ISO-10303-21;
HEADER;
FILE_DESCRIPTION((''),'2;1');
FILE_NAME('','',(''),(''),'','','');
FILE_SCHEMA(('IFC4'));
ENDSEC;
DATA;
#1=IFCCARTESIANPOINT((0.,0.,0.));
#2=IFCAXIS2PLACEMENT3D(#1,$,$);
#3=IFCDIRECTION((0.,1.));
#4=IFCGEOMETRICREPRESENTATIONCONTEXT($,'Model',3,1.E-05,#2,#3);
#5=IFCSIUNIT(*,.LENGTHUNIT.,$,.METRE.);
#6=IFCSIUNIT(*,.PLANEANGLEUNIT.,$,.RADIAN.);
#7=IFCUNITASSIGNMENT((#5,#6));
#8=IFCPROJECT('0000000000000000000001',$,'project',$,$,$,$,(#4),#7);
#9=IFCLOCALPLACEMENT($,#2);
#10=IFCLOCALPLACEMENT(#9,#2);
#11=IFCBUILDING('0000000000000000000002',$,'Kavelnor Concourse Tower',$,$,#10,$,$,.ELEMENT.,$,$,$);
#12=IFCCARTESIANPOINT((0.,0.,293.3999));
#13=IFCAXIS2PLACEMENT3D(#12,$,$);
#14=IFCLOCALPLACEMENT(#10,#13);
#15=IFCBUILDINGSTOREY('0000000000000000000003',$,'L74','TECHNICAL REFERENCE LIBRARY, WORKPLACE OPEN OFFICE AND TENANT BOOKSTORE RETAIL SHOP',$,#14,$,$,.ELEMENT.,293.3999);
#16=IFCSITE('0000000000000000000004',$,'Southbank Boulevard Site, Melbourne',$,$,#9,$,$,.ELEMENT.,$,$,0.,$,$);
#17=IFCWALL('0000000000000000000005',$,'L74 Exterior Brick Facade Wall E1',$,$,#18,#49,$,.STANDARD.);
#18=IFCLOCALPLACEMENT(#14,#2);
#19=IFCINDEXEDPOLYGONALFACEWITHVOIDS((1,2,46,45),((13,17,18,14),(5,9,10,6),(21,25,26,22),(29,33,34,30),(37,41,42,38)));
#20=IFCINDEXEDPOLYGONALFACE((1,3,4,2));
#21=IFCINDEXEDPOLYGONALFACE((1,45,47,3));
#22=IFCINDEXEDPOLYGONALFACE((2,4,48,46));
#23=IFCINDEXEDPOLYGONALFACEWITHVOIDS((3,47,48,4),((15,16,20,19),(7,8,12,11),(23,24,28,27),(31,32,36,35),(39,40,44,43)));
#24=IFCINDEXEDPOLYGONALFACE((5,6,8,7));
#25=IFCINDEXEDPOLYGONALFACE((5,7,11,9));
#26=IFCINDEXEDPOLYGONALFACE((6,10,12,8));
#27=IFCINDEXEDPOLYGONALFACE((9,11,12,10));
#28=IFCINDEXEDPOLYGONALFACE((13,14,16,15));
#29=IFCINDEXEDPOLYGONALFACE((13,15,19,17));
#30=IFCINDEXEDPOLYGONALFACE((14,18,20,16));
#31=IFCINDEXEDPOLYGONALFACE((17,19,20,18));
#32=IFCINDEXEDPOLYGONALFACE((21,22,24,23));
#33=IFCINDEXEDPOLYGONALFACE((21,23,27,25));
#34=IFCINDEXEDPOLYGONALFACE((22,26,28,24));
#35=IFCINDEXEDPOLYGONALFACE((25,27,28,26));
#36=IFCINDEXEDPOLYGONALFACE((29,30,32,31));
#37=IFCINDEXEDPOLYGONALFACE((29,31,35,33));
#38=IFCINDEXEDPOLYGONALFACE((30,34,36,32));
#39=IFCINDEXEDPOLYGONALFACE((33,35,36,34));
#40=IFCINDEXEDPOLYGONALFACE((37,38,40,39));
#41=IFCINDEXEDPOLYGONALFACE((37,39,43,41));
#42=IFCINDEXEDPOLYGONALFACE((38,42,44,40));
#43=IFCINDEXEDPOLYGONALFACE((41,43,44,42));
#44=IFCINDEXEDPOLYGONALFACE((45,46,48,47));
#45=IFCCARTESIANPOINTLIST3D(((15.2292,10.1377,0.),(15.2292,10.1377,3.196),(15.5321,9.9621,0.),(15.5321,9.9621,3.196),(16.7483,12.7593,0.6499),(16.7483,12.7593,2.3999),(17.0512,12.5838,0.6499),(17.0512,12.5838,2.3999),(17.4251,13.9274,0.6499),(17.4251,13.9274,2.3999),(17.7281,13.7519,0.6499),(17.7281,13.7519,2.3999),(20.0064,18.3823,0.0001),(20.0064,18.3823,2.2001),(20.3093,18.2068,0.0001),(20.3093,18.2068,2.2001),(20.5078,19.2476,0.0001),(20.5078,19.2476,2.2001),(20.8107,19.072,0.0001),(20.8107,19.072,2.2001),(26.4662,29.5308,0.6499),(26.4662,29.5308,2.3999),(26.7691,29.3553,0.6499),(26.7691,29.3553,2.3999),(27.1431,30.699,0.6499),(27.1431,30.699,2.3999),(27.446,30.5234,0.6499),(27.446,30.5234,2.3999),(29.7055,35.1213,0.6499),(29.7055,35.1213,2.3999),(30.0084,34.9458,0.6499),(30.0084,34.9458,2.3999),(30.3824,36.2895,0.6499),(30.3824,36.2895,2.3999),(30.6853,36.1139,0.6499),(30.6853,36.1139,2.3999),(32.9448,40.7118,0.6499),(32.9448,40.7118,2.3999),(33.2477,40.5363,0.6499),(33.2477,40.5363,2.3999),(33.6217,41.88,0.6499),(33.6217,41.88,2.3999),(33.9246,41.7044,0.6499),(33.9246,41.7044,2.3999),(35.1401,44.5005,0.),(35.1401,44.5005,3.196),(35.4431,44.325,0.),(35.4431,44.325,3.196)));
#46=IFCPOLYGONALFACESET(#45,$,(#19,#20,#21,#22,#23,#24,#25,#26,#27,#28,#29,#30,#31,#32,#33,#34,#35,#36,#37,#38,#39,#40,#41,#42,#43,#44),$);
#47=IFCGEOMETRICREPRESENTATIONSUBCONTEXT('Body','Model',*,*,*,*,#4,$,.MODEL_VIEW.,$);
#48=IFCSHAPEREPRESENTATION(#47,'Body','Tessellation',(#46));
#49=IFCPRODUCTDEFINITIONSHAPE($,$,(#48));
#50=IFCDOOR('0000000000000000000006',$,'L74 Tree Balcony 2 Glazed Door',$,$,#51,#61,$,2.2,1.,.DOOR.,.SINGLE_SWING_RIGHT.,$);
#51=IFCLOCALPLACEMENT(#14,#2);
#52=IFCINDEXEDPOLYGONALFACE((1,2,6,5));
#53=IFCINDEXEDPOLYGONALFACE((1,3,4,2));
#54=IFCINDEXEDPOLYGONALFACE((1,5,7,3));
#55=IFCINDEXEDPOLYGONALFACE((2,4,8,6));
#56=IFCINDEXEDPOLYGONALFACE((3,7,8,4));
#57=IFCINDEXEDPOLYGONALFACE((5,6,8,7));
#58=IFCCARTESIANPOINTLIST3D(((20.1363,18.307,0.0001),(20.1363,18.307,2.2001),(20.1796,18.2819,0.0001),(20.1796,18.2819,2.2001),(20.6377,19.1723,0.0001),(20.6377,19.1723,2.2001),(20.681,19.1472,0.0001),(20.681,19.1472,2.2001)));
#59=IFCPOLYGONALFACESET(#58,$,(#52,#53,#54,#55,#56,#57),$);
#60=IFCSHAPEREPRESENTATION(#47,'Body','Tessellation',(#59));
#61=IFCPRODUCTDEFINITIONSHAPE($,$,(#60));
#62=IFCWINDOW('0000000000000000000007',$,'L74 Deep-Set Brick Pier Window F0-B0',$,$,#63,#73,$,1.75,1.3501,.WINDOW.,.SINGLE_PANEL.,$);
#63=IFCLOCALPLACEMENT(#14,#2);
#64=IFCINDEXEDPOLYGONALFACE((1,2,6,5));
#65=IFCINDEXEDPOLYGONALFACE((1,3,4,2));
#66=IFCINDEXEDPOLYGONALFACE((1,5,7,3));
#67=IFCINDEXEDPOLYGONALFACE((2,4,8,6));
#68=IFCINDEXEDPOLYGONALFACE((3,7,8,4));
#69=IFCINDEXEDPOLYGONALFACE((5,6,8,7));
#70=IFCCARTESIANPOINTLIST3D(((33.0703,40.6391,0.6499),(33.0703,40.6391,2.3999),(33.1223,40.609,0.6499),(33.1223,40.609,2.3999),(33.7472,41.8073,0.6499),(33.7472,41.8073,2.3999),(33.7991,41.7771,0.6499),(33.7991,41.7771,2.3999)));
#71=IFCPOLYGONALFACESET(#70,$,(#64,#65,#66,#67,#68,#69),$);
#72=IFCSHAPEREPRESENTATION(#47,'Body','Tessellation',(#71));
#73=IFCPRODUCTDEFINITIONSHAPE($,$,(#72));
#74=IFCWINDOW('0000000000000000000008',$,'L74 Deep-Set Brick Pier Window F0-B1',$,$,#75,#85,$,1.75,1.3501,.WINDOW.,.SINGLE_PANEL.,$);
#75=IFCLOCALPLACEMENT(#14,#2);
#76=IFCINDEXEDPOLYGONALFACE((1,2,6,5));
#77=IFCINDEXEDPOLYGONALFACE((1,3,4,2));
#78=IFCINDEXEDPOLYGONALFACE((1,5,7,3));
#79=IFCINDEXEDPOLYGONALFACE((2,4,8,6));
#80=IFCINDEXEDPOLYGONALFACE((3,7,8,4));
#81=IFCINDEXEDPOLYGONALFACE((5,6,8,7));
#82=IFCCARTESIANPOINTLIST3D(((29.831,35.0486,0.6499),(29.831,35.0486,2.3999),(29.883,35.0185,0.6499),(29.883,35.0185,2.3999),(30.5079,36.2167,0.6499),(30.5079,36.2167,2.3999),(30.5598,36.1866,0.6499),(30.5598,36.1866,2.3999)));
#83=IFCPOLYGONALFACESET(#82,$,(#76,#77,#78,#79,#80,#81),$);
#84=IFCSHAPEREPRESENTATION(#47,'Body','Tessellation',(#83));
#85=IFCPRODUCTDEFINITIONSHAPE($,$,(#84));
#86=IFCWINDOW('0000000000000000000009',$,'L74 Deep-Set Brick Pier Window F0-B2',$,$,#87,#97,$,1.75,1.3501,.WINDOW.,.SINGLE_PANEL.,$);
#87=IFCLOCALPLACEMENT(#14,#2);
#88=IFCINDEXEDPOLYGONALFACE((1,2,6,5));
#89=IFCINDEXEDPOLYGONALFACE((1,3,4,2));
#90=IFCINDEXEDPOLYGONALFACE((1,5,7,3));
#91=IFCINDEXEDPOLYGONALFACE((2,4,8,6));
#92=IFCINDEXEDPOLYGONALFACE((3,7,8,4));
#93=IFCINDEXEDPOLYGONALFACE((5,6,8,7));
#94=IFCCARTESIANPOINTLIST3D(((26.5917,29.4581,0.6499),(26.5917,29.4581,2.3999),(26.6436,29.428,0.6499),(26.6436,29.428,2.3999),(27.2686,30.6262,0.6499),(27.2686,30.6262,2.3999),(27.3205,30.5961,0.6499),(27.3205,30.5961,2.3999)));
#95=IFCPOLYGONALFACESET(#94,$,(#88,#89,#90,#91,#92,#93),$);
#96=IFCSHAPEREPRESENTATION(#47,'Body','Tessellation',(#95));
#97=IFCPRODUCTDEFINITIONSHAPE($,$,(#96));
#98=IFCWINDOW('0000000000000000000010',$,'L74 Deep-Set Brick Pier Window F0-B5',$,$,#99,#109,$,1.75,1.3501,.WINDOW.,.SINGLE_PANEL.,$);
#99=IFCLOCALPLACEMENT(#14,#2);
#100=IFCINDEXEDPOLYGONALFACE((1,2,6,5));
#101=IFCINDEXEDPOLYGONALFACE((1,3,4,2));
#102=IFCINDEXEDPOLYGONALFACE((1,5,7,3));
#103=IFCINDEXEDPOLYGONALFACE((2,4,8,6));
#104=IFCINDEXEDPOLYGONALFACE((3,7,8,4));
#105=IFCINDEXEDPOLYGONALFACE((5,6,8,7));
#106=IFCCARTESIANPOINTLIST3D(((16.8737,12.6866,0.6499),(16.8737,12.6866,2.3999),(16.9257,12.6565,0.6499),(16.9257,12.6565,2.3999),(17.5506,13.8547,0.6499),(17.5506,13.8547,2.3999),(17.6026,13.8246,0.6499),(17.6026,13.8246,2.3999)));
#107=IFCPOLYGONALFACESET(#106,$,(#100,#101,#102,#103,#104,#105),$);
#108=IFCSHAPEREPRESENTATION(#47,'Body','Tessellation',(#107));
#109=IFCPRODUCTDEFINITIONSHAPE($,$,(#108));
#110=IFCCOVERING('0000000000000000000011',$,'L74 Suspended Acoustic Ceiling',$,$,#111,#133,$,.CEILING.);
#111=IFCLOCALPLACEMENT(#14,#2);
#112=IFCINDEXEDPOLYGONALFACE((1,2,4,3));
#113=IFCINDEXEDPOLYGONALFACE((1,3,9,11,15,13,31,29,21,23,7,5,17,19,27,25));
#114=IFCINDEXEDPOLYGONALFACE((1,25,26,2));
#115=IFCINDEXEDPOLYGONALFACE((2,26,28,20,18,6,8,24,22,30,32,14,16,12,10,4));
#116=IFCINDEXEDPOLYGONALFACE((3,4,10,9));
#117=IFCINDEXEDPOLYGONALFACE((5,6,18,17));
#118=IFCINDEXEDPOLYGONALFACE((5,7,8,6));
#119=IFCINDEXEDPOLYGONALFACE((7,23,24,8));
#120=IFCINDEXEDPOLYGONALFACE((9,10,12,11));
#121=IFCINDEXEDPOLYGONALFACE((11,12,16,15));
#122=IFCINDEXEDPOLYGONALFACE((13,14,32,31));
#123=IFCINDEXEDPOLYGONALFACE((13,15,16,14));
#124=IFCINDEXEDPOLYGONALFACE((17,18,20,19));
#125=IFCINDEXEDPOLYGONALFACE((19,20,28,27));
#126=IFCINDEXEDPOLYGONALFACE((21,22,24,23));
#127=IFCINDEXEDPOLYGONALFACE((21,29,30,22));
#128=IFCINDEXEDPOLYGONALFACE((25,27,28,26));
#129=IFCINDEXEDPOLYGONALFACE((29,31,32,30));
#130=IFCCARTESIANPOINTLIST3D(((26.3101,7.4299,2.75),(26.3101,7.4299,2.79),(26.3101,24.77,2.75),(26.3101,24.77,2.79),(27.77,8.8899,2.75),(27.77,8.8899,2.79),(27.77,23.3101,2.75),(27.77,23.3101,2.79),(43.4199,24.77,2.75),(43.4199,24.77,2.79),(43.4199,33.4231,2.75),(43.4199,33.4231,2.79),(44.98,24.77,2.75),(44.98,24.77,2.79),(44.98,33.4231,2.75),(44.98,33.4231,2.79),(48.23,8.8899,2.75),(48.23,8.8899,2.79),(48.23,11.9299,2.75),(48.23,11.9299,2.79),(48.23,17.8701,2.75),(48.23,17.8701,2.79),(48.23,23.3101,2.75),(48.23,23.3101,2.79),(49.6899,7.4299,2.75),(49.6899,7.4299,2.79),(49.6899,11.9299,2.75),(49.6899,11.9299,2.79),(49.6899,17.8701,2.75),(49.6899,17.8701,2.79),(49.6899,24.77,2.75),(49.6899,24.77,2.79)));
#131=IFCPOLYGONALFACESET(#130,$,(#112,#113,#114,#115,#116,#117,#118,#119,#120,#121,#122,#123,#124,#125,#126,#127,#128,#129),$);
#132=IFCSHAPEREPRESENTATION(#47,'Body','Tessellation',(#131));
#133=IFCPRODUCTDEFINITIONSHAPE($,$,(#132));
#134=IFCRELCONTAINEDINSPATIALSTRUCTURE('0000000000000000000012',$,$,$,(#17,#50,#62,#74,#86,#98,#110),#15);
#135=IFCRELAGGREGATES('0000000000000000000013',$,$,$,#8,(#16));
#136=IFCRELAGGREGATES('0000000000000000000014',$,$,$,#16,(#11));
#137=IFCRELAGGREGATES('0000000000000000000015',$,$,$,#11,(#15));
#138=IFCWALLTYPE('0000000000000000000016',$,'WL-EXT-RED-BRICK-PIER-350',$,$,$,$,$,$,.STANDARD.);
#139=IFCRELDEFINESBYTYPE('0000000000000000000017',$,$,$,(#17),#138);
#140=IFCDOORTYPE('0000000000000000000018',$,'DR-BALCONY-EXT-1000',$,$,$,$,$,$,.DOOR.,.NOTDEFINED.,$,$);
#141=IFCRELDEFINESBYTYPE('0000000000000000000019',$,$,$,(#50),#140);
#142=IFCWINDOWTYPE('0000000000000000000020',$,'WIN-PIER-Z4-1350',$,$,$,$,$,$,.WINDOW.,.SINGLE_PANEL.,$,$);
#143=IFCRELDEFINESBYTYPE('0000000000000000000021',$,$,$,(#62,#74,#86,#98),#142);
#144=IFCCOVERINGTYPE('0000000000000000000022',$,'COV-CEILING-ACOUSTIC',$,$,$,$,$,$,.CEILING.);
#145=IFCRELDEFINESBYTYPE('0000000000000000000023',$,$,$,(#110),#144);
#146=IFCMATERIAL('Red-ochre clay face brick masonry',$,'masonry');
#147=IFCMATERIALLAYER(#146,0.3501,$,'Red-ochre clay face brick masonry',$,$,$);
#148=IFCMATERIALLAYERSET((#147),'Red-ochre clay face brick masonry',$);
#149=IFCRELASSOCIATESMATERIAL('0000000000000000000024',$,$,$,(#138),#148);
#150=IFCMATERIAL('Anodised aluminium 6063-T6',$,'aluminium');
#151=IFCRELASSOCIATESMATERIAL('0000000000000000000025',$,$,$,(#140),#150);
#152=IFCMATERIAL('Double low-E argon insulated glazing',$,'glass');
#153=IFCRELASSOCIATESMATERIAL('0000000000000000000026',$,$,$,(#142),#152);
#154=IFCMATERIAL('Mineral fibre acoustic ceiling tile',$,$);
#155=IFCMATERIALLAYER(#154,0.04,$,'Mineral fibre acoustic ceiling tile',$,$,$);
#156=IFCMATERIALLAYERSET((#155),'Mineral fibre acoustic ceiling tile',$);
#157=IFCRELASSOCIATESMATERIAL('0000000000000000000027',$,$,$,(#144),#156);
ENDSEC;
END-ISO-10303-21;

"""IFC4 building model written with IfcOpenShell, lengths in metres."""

from ifc_helpers import new_model, si_unit, direction, frame, frame_2d, origin, place, context, subcontext, project, spatial, polyline, rectangle, outline, extrude, material, layer, layer_set, type_object, element, fill, save


model = new_model("IFC4")

# Units and contexts
model_context = context("Model", 3, precision=1e-05, world=origin(), true_north=direction((0.0, 1.0)))
body_context = subcontext(model_context, "Body", "Model", "MODEL_VIEW")
ifc_project = project(units=[si_unit("LENGTHUNIT", "METRE"), si_unit("PLANEANGLEUNIT", "RADIAN")], contexts=[model_context])

# Site, building, storey
site_placement = place(None, origin())
site = spatial("IfcSite", under=ifc_project, at=site_placement, Name="Southbank Boulevard Site, Melbourne", CompositionType="ELEMENT", RefElevation=0.0)
building_placement = place(site_placement, origin())
building = spatial("IfcBuilding", under=site, at=building_placement, Name="Kavelnor Concourse Tower", CompositionType="ELEMENT")
storey_placement = place(building_placement, frame((0.0, 0.0, 293.3999)))
storey = spatial("IfcBuildingStorey", under=building, at=storey_placement, Name="L74", Description="TECHNICAL REFERENCE LIBRARY, WORKPLACE OPEN OFFICE AND TENANT BOOKSTORE RETAIL SHOP", CompositionType="ELEMENT", Elevation=293.3999)

# Shared definitions
ifc_material_1 = material(Name="Double low-E argon insulated glazing", Category="glass")

# Wall, openings, door, windows
ifc_material_2 = material(Name="Red-ochre clay face brick masonry", Category="masonry")
ifc_layer_1 = layer(ifc_material_2, 0.3501, Name="Red-ochre clay face brick masonry")
ifc_layer_set_1 = layer_set([ifc_layer_1], Name="Red-ochre clay face brick masonry")
wall_type_1 = type_object("IfcWallType", Name="WL-EXT-RED-BRICK-PIER-350", PredefinedType="STANDARD", material=ifc_layer_set_1)
wall_1_placement = place(storey_placement, frame((15.3806, 10.0498, 0.0), z_axis=(0.0, 0.0, 1.0), x_axis=(0.50135, 0.865245, 0.0)))
wall_1 = element("IfcWall", 1, at=wall_1_placement, inside=storey, type_object=wall_type_1, Name="L74 Exterior Brick Facade Wall E1", PredefinedType="STANDARD", context=body_context, shape_type="SweptSolid", body=[
    extrude(rectangle(XDim=39.7146, YDim=0.3501, at=frame_2d((19.8574, 0.0))), origin(), (0.0, 0.0, 1.0), 3.196),
])
opening_1_placement = place(wall_1_placement, frame((9.5288, 0.0, 0.0)))
opening_1 = element("IfcOpeningElement", 2, at=opening_1_placement, cuts=wall_1, PredefinedType="OPENING", context=body_context, shape_type="SweptSolid", body=[
    extrude(rectangle(XDim=1.0, YDim=2.2, at=frame_2d((0.5, 1.1001))), frame((0.0, 0.1851, 0.0), z_axis=(0.0, -1.0, 0.0), x_axis=(1.0, 0.0, 0.0)), (0.0, 0.0, 1.0), 0.3701),
])
opening_2_placement = place(wall_1_placement, frame((35.3359, 0.0, 0.6499)))
opening_2 = element("IfcOpeningElement", 3, at=opening_2_placement, cuts=wall_1, PredefinedType="OPENING", context=body_context, shape_type="SweptSolid", body=[
    extrude(rectangle(XDim=1.3501, YDim=1.75, at=frame_2d((0.675, 0.875))), frame((0.0, 0.1851, 0.0), z_axis=(0.0, -1.0, 0.0), x_axis=(1.0, 0.0, 0.0)), (0.0, 0.0, 1.0), 0.3701),
])
opening_3_placement = place(wall_1_placement, frame((28.8748, 0.0, 0.6499)))
opening_3 = element("IfcOpeningElement", 4, at=opening_3_placement, cuts=wall_1, PredefinedType="OPENING", context=body_context, shape_type="SweptSolid", body=[
    extrude(rectangle(XDim=1.3501, YDim=1.75, at=frame_2d((0.675, 0.875))), frame((0.0, 0.1851, 0.0), z_axis=(0.0, -1.0, 0.0), x_axis=(1.0, 0.0, 0.0)), (0.0, 0.0, 1.0), 0.3701),
])
opening_4_placement = place(wall_1_placement, frame((22.4136, 0.0, 0.6499)))
opening_4 = element("IfcOpeningElement", 5, at=opening_4_placement, cuts=wall_1, PredefinedType="OPENING", context=body_context, shape_type="SweptSolid", body=[
    extrude(rectangle(XDim=1.3501, YDim=1.75, at=frame_2d((0.675, 0.875))), frame((0.0, 0.1851, 0.0), z_axis=(0.0, -1.0, 0.0), x_axis=(1.0, 0.0, 0.0)), (0.0, 0.0, 1.0), 0.3701),
])
opening_5_placement = place(wall_1_placement, frame((3.03, 0.0, 0.6499)))
opening_5 = element("IfcOpeningElement", 6, at=opening_5_placement, cuts=wall_1, PredefinedType="OPENING", context=body_context, shape_type="SweptSolid", body=[
    extrude(rectangle(XDim=1.3501, YDim=1.75, at=frame_2d((0.675, 0.875))), frame((0.0, 0.1851, 0.0), z_axis=(0.0, -1.0, 0.0), x_axis=(1.0, 0.0, 0.0)), (0.0, 0.0, 1.0), 0.3701),
])
ifc_material_3 = material(Name="Anodised aluminium 6063-T6", Category="aluminium")
door_type = type_object("IfcDoorType", Name="DR-BALCONY-EXT-1000", OperationType="NOTDEFINED", PredefinedType="DOOR", material=ifc_material_3)
door_placement = place(opening_1_placement, origin())
door = element("IfcDoor", 7, at=door_placement, inside=storey, type_object=door_type, Name="L74 Tree Balcony 2 Glazed Door", OperationType="SINGLE_SWING_RIGHT", OverallHeight=2.2, OverallWidth=1.0, PredefinedType="DOOR", context=body_context, shape_type="SweptSolid", body=[
    extrude(rectangle(XDim=1.0, YDim=2.2, at=frame_2d((0.5, 1.1001))), frame((0.0, 0.0249, 0.0), z_axis=(0.0, -1.0, 0.0), x_axis=(1.0, 0.0, 0.0)), (0.0, 0.0, 1.0), 0.05),
])
fill(opening_1, door)
window_type_1 = type_object("IfcWindowType", Name="WIN-PIER-Z4-1350", PartitioningType="SINGLE_PANEL", PredefinedType="WINDOW", material=ifc_material_1)
window_1_placement = place(opening_2_placement, origin())
window_1 = element("IfcWindow", 8, at=window_1_placement, inside=storey, type_object=window_type_1, Name="L74 Deep-Set Brick Pier Window F0-B0", OverallHeight=1.75, OverallWidth=1.3501, PartitioningType="SINGLE_PANEL", PredefinedType="WINDOW", context=body_context, shape_type="SweptSolid", body=[
    extrude(rectangle(XDim=1.3501, YDim=1.75, at=frame_2d((0.675, 0.875))), frame((0.0, 0.03, 0.0), z_axis=(0.0, -1.0, 0.0), x_axis=(1.0, 0.0, 0.0)), (0.0, 0.0, 1.0), 0.0601),
])
fill(opening_2, window_1)
window_2_placement = place(opening_3_placement, origin())
window_2 = element("IfcWindow", 9, at=window_2_placement, inside=storey, type_object=window_type_1, Name="L74 Deep-Set Brick Pier Window F0-B1", OverallHeight=1.75, OverallWidth=1.3501, PartitioningType="SINGLE_PANEL", PredefinedType="WINDOW", context=body_context, shape_type="SweptSolid", body=[
    extrude(rectangle(XDim=1.3501, YDim=1.75, at=frame_2d((0.675, 0.875))), frame((0.0, 0.03, 0.0), z_axis=(0.0, -1.0, 0.0), x_axis=(1.0, 0.0, 0.0)), (0.0, 0.0, 1.0), 0.0601),
])
fill(opening_3, window_2)
window_3_placement = place(opening_4_placement, origin())
window_3 = element("IfcWindow", 10, at=window_3_placement, inside=storey, type_object=window_type_1, Name="L74 Deep-Set Brick Pier Window F0-B2", OverallHeight=1.75, OverallWidth=1.3501, PartitioningType="SINGLE_PANEL", PredefinedType="WINDOW", context=body_context, shape_type="SweptSolid", body=[
    extrude(rectangle(XDim=1.3501, YDim=1.75, at=frame_2d((0.675, 0.875))), frame((0.0, 0.03, 0.0), z_axis=(0.0, -1.0, 0.0), x_axis=(1.0, 0.0, 0.0)), (0.0, 0.0, 1.0), 0.0601),
])
fill(opening_4, window_3)
window_4_placement = place(opening_5_placement, origin())
window_4 = element("IfcWindow", 11, at=window_4_placement, inside=storey, type_object=window_type_1, Name="L74 Deep-Set Brick Pier Window F0-B5", OverallHeight=1.75, OverallWidth=1.3501, PartitioningType="SINGLE_PANEL", PredefinedType="WINDOW", context=body_context, shape_type="SweptSolid", body=[
    extrude(rectangle(XDim=1.3501, YDim=1.75, at=frame_2d((0.675, 0.875))), frame((0.0, 0.03, 0.0), z_axis=(0.0, -1.0, 0.0), x_axis=(1.0, 0.0, 0.0)), (0.0, 0.0, 1.0), 0.0601),
])
fill(opening_5, window_4)

# Covering
ifc_material_4 = material(Name="Mineral fibre acoustic ceiling tile")
ifc_layer_2 = layer(ifc_material_4, 0.04, Name="Mineral fibre acoustic ceiling tile")
ifc_layer_set_2 = layer_set([ifc_layer_2], Name="Mineral fibre acoustic ceiling tile")
covering_type = type_object("IfcCoveringType", Name="COV-CEILING-ACOUSTIC", PredefinedType="CEILING", material=ifc_layer_set_2)
covering_placement = place(storey_placement, frame((0.0, 0.0, 2.75)))
element("IfcCovering", 12, at=covering_placement, inside=storey, type_object=covering_type, Name="L74 Suspended Acoustic Ceiling", PredefinedType="CEILING", context=body_context, shape_type="SweptSolid", body=[
    extrude(outline(polyline([(44.98, 24.77), (49.6899, 24.77), (49.6899, 17.8701), (48.23, 17.8701), (48.23, 23.3101), (27.77, 23.3101), (27.77, 8.8899), (48.23, 8.8899), (48.23, 11.9299), (49.6899, 11.9299), (49.6899, 7.4299), (26.3101, 7.4299), (26.3101, 24.77), (43.4199, 24.77), (43.4199, 33.4231), (44.98, 33.4231), (44.98, 24.77)])), origin(), (0.0, 0.0, 1.0), 0.04),
])

save(model, "model.ifc")
